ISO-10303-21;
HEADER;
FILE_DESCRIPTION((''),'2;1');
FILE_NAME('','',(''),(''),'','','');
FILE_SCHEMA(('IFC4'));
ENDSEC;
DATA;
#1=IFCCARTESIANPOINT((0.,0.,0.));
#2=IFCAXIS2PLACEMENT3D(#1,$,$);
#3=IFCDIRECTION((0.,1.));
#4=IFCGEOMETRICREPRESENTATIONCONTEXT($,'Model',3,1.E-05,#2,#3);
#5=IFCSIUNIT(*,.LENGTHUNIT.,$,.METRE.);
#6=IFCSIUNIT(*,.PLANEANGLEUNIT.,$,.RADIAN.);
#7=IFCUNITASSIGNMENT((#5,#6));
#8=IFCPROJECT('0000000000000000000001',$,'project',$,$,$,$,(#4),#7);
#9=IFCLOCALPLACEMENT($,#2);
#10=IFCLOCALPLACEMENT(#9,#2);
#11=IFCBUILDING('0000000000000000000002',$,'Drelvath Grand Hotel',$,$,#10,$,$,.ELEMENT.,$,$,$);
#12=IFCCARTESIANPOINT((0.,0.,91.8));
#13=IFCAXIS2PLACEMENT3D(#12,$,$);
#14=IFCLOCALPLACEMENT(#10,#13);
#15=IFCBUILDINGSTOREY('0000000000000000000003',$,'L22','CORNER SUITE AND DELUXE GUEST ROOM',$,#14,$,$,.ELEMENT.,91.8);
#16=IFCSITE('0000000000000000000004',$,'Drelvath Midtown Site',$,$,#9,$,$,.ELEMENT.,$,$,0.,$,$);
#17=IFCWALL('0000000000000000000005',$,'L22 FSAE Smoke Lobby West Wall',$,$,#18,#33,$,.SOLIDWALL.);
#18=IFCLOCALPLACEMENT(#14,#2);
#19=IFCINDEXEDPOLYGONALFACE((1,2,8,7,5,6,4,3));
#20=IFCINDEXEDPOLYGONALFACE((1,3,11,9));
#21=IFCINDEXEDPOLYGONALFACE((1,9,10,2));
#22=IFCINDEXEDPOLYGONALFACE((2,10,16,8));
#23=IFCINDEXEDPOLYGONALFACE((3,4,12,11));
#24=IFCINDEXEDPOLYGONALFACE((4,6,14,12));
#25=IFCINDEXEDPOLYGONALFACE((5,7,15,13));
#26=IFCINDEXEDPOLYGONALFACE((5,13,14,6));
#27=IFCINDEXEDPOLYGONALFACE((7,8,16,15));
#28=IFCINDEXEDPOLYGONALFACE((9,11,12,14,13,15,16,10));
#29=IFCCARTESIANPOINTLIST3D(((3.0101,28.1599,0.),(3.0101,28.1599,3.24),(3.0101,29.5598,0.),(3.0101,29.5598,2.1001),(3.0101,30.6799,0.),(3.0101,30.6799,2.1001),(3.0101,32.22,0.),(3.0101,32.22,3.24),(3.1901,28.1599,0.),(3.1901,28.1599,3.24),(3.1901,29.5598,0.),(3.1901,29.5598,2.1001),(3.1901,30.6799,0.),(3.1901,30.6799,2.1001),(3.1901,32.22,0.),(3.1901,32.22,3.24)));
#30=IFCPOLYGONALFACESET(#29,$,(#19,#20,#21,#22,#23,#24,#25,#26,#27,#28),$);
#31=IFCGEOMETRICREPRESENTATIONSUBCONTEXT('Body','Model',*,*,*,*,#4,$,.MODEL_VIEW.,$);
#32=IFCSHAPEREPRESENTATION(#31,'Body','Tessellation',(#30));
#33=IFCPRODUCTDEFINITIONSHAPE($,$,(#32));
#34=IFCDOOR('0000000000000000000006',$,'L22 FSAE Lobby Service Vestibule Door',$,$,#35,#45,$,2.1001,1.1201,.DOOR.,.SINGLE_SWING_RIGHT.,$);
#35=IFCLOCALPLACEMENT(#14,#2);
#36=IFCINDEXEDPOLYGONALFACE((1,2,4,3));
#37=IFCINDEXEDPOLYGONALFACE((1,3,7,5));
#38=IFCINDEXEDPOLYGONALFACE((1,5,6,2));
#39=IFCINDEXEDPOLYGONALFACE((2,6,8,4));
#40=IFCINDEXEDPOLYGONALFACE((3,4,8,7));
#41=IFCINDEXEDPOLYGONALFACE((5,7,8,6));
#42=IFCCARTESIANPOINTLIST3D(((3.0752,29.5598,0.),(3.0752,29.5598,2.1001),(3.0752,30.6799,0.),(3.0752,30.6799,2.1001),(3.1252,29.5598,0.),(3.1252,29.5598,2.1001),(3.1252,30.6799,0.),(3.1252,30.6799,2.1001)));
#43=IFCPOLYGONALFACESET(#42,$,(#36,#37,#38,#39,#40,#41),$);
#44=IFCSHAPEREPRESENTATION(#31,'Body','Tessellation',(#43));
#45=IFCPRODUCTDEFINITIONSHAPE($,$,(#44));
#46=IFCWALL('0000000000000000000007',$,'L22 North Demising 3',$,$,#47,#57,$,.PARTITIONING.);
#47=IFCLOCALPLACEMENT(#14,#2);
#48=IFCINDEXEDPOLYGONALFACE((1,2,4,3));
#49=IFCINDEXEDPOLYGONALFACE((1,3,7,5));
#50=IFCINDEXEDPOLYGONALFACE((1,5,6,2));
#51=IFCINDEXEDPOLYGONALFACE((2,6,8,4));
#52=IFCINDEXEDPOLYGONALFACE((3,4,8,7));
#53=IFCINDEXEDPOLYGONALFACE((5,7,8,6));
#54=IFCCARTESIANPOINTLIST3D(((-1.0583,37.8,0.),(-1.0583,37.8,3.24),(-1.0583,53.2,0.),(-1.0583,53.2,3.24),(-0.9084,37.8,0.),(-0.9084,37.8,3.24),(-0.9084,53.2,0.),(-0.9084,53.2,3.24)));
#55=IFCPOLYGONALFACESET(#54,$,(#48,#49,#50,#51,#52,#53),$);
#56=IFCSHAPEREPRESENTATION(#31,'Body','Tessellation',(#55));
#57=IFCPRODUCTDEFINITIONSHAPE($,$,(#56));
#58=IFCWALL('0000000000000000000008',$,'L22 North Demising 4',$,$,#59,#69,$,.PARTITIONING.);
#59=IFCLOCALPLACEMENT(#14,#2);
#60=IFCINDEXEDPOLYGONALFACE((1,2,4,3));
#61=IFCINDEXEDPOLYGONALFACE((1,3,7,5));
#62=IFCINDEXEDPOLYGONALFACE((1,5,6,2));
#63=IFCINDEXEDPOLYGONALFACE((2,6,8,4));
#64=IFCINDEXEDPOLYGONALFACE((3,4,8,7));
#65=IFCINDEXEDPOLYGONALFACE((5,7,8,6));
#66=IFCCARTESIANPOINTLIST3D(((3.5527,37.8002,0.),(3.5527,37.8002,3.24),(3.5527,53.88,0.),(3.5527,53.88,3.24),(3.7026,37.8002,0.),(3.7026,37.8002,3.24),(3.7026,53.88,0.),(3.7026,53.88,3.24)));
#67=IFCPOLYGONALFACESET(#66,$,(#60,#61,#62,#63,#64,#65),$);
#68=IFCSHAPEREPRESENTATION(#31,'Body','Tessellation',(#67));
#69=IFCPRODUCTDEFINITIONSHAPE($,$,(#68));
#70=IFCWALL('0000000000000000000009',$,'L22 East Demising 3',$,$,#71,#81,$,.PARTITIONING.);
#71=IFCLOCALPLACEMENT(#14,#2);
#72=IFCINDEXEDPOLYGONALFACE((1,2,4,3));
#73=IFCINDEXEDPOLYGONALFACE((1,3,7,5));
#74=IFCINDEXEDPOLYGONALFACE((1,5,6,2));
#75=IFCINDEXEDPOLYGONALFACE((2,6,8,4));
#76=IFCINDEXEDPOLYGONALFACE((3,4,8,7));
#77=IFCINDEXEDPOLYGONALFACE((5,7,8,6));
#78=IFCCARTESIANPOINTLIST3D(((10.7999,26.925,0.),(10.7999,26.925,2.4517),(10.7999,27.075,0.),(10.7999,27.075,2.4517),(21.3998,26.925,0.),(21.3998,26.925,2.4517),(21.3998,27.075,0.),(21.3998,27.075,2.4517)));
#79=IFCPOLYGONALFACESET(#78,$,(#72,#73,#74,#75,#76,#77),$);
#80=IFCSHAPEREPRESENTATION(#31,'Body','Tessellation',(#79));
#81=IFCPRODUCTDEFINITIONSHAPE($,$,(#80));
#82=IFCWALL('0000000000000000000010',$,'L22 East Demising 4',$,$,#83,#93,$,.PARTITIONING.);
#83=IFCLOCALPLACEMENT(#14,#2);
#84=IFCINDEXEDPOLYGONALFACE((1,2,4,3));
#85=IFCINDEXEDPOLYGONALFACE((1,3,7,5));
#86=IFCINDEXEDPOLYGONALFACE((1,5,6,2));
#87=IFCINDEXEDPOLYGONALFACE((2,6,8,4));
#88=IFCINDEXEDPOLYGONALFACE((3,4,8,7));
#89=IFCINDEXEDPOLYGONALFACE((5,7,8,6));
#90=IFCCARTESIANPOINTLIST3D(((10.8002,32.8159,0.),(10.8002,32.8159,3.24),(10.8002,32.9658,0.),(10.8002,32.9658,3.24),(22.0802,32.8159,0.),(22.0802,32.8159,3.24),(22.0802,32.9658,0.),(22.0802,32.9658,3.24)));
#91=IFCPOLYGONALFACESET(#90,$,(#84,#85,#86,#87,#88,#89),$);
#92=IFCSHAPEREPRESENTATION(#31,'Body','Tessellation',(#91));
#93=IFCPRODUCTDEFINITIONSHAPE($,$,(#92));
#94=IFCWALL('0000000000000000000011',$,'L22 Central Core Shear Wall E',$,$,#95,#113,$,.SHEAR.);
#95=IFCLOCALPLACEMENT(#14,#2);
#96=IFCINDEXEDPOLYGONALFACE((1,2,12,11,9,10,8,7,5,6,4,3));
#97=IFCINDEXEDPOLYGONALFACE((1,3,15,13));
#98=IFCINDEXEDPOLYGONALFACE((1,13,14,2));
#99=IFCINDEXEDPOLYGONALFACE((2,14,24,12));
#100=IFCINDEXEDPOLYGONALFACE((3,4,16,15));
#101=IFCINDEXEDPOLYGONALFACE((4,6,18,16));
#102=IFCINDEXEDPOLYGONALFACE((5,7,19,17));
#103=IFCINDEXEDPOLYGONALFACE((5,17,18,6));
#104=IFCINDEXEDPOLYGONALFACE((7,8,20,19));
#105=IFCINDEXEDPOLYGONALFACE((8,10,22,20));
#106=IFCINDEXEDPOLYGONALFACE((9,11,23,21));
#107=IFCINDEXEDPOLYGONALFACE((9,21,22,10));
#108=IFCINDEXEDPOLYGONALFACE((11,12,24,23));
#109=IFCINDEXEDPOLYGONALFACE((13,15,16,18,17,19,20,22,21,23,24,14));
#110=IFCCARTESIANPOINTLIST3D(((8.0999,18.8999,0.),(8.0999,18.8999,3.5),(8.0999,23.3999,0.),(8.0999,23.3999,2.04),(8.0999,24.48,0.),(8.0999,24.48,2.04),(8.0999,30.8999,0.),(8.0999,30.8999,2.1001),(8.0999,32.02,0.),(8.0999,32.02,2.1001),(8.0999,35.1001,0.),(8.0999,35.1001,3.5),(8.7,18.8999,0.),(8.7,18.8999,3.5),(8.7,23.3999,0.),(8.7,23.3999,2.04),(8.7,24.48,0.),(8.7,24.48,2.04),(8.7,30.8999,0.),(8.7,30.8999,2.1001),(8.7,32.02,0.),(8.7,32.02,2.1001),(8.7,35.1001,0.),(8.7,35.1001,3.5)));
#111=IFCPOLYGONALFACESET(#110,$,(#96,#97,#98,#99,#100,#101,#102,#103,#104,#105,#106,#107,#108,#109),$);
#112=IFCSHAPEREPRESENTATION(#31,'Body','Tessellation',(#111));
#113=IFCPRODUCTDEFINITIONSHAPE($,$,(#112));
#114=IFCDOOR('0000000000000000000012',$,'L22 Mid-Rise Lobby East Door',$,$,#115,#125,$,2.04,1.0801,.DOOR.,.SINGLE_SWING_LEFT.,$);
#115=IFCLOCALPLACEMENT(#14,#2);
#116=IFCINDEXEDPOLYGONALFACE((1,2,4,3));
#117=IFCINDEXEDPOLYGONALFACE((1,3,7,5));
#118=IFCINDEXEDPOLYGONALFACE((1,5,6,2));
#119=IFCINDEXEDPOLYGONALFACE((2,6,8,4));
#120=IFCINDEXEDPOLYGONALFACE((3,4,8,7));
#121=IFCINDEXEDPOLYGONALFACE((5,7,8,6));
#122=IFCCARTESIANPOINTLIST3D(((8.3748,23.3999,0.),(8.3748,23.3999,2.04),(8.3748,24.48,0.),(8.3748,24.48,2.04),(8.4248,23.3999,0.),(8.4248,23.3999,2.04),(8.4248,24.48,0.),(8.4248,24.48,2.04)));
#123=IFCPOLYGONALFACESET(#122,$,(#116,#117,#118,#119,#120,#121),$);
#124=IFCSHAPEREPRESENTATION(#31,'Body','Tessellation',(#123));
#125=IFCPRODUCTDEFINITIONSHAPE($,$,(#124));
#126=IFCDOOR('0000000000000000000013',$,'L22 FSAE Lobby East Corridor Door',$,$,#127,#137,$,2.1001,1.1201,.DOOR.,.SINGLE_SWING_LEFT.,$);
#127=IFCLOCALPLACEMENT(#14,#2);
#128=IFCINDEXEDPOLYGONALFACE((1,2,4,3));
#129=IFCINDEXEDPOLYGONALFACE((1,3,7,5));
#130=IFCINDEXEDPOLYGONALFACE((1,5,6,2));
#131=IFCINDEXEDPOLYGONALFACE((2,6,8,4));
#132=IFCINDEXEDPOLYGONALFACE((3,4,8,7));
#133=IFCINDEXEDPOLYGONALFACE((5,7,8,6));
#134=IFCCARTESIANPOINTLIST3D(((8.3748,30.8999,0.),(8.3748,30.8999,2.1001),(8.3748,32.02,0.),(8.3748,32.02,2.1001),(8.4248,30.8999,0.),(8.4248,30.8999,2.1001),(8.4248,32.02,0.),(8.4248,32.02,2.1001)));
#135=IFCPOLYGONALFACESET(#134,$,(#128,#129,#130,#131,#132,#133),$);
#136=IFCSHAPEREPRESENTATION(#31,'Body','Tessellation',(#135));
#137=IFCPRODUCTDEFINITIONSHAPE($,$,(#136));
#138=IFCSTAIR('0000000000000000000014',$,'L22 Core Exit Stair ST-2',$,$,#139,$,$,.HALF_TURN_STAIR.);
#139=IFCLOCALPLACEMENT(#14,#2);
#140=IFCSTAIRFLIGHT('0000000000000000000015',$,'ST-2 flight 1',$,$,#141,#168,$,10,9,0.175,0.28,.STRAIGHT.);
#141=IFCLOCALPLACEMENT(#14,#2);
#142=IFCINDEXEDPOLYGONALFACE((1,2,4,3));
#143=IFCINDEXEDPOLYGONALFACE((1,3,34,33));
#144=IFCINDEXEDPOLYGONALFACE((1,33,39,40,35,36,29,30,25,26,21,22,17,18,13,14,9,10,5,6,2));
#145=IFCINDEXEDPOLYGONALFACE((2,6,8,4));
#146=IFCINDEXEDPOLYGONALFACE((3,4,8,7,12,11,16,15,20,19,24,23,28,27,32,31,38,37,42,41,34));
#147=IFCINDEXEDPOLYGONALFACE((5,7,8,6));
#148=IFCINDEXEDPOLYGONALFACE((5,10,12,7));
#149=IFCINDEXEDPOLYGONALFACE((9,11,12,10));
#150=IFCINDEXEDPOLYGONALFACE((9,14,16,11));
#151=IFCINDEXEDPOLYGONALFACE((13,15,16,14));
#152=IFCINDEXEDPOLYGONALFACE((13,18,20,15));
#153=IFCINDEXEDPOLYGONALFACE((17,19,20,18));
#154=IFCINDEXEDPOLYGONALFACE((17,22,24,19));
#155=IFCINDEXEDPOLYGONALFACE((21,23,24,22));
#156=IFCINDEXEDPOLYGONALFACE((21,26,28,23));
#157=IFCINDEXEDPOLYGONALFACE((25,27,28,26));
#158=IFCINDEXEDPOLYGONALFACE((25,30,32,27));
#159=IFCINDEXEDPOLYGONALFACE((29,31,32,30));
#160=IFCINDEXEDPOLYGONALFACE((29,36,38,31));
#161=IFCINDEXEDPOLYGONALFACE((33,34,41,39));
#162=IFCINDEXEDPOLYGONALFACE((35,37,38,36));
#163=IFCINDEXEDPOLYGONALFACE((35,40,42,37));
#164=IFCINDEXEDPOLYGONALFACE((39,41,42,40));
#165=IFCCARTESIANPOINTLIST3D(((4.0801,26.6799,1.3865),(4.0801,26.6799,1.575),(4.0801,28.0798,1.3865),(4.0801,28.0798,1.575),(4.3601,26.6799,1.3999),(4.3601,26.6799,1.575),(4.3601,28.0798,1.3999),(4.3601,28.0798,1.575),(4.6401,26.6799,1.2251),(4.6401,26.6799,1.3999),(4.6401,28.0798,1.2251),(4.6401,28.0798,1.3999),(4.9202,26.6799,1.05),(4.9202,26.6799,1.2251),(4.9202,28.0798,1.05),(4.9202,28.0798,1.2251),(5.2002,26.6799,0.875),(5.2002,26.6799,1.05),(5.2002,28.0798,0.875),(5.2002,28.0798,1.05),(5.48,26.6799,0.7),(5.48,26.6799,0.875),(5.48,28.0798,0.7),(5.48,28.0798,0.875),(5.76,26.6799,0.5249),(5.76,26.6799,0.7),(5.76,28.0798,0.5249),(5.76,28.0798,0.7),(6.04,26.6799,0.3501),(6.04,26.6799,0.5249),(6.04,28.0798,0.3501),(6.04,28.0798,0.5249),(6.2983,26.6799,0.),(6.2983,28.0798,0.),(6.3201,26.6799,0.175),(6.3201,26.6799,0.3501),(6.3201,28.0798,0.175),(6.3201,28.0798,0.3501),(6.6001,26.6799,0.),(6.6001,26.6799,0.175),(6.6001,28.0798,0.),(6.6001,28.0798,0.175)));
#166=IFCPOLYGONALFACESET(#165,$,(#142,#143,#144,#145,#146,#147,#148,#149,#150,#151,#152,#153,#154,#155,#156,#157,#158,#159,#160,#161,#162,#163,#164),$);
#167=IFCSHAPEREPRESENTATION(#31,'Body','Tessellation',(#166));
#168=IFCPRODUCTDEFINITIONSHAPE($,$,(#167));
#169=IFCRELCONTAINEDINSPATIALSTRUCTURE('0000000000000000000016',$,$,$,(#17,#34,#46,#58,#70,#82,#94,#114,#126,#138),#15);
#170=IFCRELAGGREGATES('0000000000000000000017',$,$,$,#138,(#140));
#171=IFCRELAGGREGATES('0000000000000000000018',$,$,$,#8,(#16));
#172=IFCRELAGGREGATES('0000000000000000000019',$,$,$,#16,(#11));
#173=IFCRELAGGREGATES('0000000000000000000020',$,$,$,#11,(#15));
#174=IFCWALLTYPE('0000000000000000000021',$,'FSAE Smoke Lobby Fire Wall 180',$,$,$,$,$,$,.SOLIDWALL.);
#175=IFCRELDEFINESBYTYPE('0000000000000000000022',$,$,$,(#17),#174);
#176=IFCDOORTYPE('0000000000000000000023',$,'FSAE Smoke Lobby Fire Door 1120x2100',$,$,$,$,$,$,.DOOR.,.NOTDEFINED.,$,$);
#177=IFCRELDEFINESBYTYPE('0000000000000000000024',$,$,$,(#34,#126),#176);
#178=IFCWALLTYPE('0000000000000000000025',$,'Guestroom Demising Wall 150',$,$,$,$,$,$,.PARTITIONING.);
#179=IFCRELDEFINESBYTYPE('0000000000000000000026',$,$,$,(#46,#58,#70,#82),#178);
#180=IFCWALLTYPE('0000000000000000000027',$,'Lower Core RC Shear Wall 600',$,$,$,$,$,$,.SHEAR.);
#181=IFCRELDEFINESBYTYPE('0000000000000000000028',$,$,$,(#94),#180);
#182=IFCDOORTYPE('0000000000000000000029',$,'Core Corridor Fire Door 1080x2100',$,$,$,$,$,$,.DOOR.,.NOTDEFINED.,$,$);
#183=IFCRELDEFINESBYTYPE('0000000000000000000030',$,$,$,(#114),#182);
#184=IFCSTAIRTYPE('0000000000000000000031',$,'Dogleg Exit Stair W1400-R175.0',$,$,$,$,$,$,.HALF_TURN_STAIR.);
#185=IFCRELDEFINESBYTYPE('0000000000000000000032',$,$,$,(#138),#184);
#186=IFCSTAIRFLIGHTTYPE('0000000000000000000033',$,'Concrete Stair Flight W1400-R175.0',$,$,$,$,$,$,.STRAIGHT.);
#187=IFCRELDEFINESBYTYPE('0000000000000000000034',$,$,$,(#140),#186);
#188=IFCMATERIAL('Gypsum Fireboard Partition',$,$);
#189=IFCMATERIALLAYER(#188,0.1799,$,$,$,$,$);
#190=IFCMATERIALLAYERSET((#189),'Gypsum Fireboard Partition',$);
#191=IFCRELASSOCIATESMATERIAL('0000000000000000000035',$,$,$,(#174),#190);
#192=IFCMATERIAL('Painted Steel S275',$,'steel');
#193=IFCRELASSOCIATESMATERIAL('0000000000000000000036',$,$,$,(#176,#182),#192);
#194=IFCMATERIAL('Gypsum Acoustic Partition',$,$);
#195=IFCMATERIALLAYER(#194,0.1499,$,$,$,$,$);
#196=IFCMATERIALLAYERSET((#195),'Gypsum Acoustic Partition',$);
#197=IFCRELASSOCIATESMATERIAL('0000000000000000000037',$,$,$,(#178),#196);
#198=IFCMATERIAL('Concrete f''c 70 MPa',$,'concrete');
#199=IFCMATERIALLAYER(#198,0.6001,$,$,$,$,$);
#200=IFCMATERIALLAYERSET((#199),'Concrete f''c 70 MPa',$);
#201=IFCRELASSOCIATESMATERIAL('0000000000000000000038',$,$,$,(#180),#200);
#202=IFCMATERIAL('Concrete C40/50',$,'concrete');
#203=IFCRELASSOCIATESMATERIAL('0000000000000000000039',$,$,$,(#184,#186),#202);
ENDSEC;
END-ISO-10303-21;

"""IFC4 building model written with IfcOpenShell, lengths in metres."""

from ifc_helpers import new_model, si_unit, direction, frame, frame_2d, origin, place, context, subcontext, project, spatial, polyline, rectangle, outline, extrude, material, layer, layer_set, type_object, element, fill, aggregate, save


model = new_model("IFC4")

# Units and contexts
model_context = context("Model", 3, precision=1e-05, world=origin(), true_north=direction((0.0, 1.0)))
body_context = subcontext(model_context, "Body", "Model", "MODEL_VIEW")
ifc_project = project(units=[si_unit("LENGTHUNIT", "METRE"), si_unit("PLANEANGLEUNIT", "RADIAN")], contexts=[model_context])

# Site, building, storey
site_placement = place(None, origin())
site = spatial("IfcSite", under=ifc_project, at=site_placement, Name="Drelvath Midtown Site", CompositionType="ELEMENT", RefElevation=0.0)
building_placement = place(site_placement, origin())
building = spatial("IfcBuilding", under=site, at=building_placement, Name="Drelvath Grand Hotel", CompositionType="ELEMENT")
storey_placement = place(building_placement, frame((0.0, 0.0, 91.8)))
storey = spatial("IfcBuildingStorey", under=building, at=storey_placement, Name="L22", Description="CORNER SUITE AND DELUXE GUEST ROOM", CompositionType="ELEMENT", Elevation=91.8)

# Shared definitions
ifc_material_1 = material(Name="Concrete f'c 70 MPa", Category="concrete")

# Shared definitions
ifc_material_2 = material(Name="Concrete C40/50", Category="concrete")

# Shared definitions
ifc_material_3 = material(Name="Painted Steel S275", Category="steel")

# Shared definitions
ifc_material_4 = material(Name="Gypsum Fireboard Partition")

# Wall, opening, door
ifc_layer_1 = layer(ifc_material_4, 0.1799)
ifc_layer_set_1 = layer_set([ifc_layer_1], Name="Gypsum Fireboard Partition")
wall_type_1 = type_object("IfcWallType", Name="FSAE Smoke Lobby Fire Wall 180", PredefinedType="SOLIDWALL", material=ifc_layer_set_1)
wall_1_placement = place(storey_placement, frame((3.1001, 28.1599, 0.0), z_axis=(0.0, 0.0, 1.0), x_axis=(0.0, 1.0, 0.0)))
wall_1 = element("IfcWall", 1, at=wall_1_placement, inside=storey, type_object=wall_type_1, Name="L22 FSAE Smoke Lobby West Wall", PredefinedType="SOLIDWALL", context=body_context, shape_type="SweptSolid", body=[
    extrude(rectangle(XDim=4.0601, YDim=0.1799, at=frame_2d((2.03, 0.0))), origin(), (0.0, 0.0, 1.0), 3.24),
])
opening_1_placement = place(wall_1_placement, frame((1.3999, 0.0, 0.0)))
opening_1 = element("IfcOpeningElement", 2, at=opening_1_placement, cuts=wall_1, PredefinedType="OPENING", context=body_context, shape_type="SweptSolid", body=[
    extrude(rectangle(XDim=1.1201, YDim=2.1001, at=frame_2d((0.5601, 1.05))), frame((0.0, 0.0999, 0.0), z_axis=(0.0, -1.0, 0.0), x_axis=(1.0, 0.0, 0.0)), (0.0, 0.0, 1.0), 0.2),
])
door_type_1 = type_object("IfcDoorType", Name="FSAE Smoke Lobby Fire Door 1120x2100", OperationType="NOTDEFINED", PredefinedType="DOOR", material=ifc_material_3)
door_1_placement = place(opening_1_placement, origin())
door_1 = element("IfcDoor", 3, at=door_1_placement, inside=storey, type_object=door_type_1, Name="L22 FSAE Lobby Service Vestibule Door", OperationType="SINGLE_SWING_RIGHT", OverallHeight=2.1001, OverallWidth=1.1201, PredefinedType="DOOR", context=body_context, shape_type="SweptSolid", body=[
    extrude(rectangle(XDim=1.1201, YDim=2.1001, at=frame_2d((0.5601, 1.05))), frame((0.0, 0.0249, 0.0), z_axis=(0.0, -1.0, 0.0), x_axis=(1.0, 0.0, 0.0)), (0.0, 0.0, 1.0), 0.05),
])
fill(opening_1, door_1)

# Walls
ifc_material_5 = material(Name="Gypsum Acoustic Partition")
ifc_layer_2 = layer(ifc_material_5, 0.1499)
ifc_layer_set_2 = layer_set([ifc_layer_2], Name="Gypsum Acoustic Partition")
wall_type_2 = type_object("IfcWallType", Name="Guestroom Demising Wall 150", PredefinedType="PARTITIONING", material=ifc_layer_set_2)
wall_2_placement = place(storey_placement, frame((-0.9834, 37.8, 0.0), z_axis=(0.0, 0.0, 1.0), x_axis=(0.0, 1.0, 0.0)))
element("IfcWall", 4, at=wall_2_placement, inside=storey, type_object=wall_type_2, Name="L22 North Demising 3", PredefinedType="PARTITIONING", context=body_context, shape_type="SweptSolid", body=[
    extrude(rectangle(XDim=15.3999, YDim=0.1499, at=frame_2d((7.7, 0.0))), origin(), (0.0, 0.0, 1.0), 3.24),
])
wall_3_placement = place(storey_placement, frame((3.6277, 37.8, 0.0), z_axis=(0.0, 0.0, 1.0), x_axis=(0.0, 1.0, 0.0)))
element("IfcWall", 5, at=wall_3_placement, inside=storey, type_object=wall_type_2, Name="L22 North Demising 4", PredefinedType="PARTITIONING", context=body_context, shape_type="SweptSolid", body=[
    extrude(rectangle(XDim=16.0798, YDim=0.1499, at=frame_2d((8.04, 0.0))), origin(), (0.0, 0.0, 1.0), 3.24),
])
wall_4_placement = place(storey_placement, frame((10.8, 27.0, 0.0), z_axis=(0.0, 0.0, 1.0), x_axis=(1.0, 0.0, 0.0)))
element("IfcWall", 6, at=wall_4_placement, inside=storey, type_object=wall_type_2, Name="L22 East Demising 3", PredefinedType="PARTITIONING", context=body_context, shape_type="SweptSolid", body=[
    extrude(rectangle(XDim=10.5999, YDim=0.1499, at=frame_2d((5.2998, 0.0))), origin(), (0.0, 0.0, 1.0), 2.4517),
])
wall_5_placement = place(storey_placement, frame((10.8, 32.8909, 0.0), z_axis=(0.0, 0.0, 1.0), x_axis=(1.0, 0.0, 0.0)))
element("IfcWall", 7, at=wall_5_placement, inside=storey, type_object=wall_type_2, Name="L22 East Demising 4", PredefinedType="PARTITIONING", context=body_context, shape_type="SweptSolid", body=[
    extrude(rectangle(XDim=11.28, YDim=0.1499, at=frame_2d((5.6401, 0.0))), origin(), (0.0, 0.0, 1.0), 3.24),
])

# Wall, openings, doors
ifc_layer_3 = layer(ifc_material_1, 0.6001)
ifc_layer_set_3 = layer_set([ifc_layer_3], Name="Concrete f'c 70 MPa")
wall_type_3 = type_object("IfcWallType", Name="Lower Core RC Shear Wall 600", PredefinedType="SHEAR", material=ifc_layer_set_3)
wall_6_placement = place(storey_placement, frame((8.3999, 35.1001, 0.0), z_axis=(0.0, 0.0, 1.0), x_axis=(0.0, -1.0, 0.0)))
wall_6 = element("IfcWall", 8, at=wall_6_placement, inside=storey, type_object=wall_type_3, Name="L22 Central Core Shear Wall E", PredefinedType="SHEAR", context=body_context, shape_type="SweptSolid", body=[
    extrude(rectangle(XDim=16.2002, YDim=0.6001, at=frame_2d((8.1001, 0.0))), origin(), (0.0, 0.0, 1.0), 3.5),
])
opening_2_placement = place(wall_6_placement, frame((3.0801, 0.0, 0.0)))
opening_2 = element("IfcOpeningElement", 9, at=opening_2_placement, cuts=wall_6, PredefinedType="OPENING", context=body_context, shape_type="SweptSolid", body=[
    extrude(rectangle(XDim=1.1201, YDim=2.1001, at=frame_2d((0.5601, 1.05))), frame((0.0, 0.3101, 0.0), z_axis=(0.0, -1.0, 0.0), x_axis=(1.0, 0.0, 0.0)), (0.0, 0.0, 1.0), 0.6201),
])
opening_3_placement = place(wall_6_placement, frame((10.6201, 0.0, 0.0)))
opening_3 = element("IfcOpeningElement", 10, at=opening_3_placement, cuts=wall_6, PredefinedType="OPENING", context=body_context, shape_type="SweptSolid", body=[
    extrude(rectangle(XDim=1.0801, YDim=2.04, at=frame_2d((0.54, 1.02))), frame((0.0, 0.3101, 0.0), z_axis=(0.0, -1.0, 0.0), x_axis=(1.0, 0.0, 0.0)), (0.0, 0.0, 1.0), 0.6201),
])
door_type_2 = type_object("IfcDoorType", Name="Core Corridor Fire Door 1080x2100", OperationType="NOTDEFINED", PredefinedType="DOOR", material=ifc_material_3)
door_2_placement = place(opening_3_placement, origin())
door_2 = element("IfcDoor", 11, at=door_2_placement, inside=storey, type_object=door_type_2, Name="L22 Mid-Rise Lobby East Door", OperationType="SINGLE_SWING_LEFT", OverallHeight=2.04, OverallWidth=1.0801, PredefinedType="DOOR", context=body_context, shape_type="SweptSolid", body=[
    extrude(rectangle(XDim=1.0801, YDim=2.04, at=frame_2d((0.54, 1.02))), frame((0.0, 0.0249, 0.0), z_axis=(0.0, -1.0, 0.0), x_axis=(1.0, 0.0, 0.0)), (0.0, 0.0, 1.0), 0.05),
])
fill(opening_3, door_2)
door_3_placement = place(opening_2_placement, origin())
door_3 = element("IfcDoor", 12, at=door_3_placement, inside=storey, type_object=door_type_1, Name="L22 FSAE Lobby East Corridor Door", OperationType="SINGLE_SWING_LEFT", OverallHeight=2.1001, OverallWidth=1.1201, PredefinedType="DOOR", context=body_context, shape_type="SweptSolid", body=[
    extrude(rectangle(XDim=1.1201, YDim=2.1001, at=frame_2d((0.5601, 1.05))), frame((0.0, 0.0249, 0.0), z_axis=(0.0, -1.0, 0.0), x_axis=(1.0, 0.0, 0.0)), (0.0, 0.0, 1.0), 0.05),
])
fill(opening_2, door_3)

# Stair, stair flight
stair_type = type_object("IfcStairType", Name="Dogleg Exit Stair W1400-R175.0", PredefinedType="HALF_TURN_STAIR", material=ifc_material_2)
stair_placement = place(storey_placement, origin())
stair = element("IfcStair", 13, at=stair_placement, inside=storey, type_object=stair_type, Name="L22 Core Exit Stair ST-2", PredefinedType="HALF_TURN_STAIR")
stair_flight_type = type_object("IfcStairFlightType", Name="Concrete Stair Flight W1400-R175.0", PredefinedType="STRAIGHT", material=ifc_material_2)
stair_flight_placement = place(storey_placement, frame((6.6001, 27.3799, 0.0), z_axis=(0.0, 0.0, 1.0), x_axis=(-1.0, 0.0, 0.0)))
stair_flight = element("IfcStairFlight", 14, at=stair_flight_placement, type_object=stair_flight_type, Name="ST-2 flight 1", NumberOfRisers=10, NumberOfTreads=9, PredefinedType="STRAIGHT", RiserHeight=0.175, TreadLength=0.28, context=body_context, shape_type="SweptSolid", body=[
    extrude(outline(polyline([(0.0, 0.0), (0.0, 0.175), (0.28, 0.175), (0.28, 0.3501), (0.5601, 0.3501), (0.5601, 0.5249), (0.8401, 0.5249), (0.8401, 0.7), (1.1201, 0.7), (1.1201, 0.875), (1.3999, 0.875), (1.3999, 1.05), (1.6799, 1.05), (1.6799, 1.2251), (1.96, 1.2251), (1.96, 1.3999), (2.24, 1.3999), (2.24, 1.575), (2.52, 1.575), (2.52, 1.75), (2.52, 1.3865), (0.3018, 0.0), (0.0, 0.0)])), frame((0.0, 0.7, 0.0), z_axis=(0.0, -1.0, 0.0), x_axis=(1.0, 0.0, 0.0)), (0.0, 0.0, 1.0), 1.3999),
])
aggregate(stair, [stair_flight])

save(model, "model.ifc")
